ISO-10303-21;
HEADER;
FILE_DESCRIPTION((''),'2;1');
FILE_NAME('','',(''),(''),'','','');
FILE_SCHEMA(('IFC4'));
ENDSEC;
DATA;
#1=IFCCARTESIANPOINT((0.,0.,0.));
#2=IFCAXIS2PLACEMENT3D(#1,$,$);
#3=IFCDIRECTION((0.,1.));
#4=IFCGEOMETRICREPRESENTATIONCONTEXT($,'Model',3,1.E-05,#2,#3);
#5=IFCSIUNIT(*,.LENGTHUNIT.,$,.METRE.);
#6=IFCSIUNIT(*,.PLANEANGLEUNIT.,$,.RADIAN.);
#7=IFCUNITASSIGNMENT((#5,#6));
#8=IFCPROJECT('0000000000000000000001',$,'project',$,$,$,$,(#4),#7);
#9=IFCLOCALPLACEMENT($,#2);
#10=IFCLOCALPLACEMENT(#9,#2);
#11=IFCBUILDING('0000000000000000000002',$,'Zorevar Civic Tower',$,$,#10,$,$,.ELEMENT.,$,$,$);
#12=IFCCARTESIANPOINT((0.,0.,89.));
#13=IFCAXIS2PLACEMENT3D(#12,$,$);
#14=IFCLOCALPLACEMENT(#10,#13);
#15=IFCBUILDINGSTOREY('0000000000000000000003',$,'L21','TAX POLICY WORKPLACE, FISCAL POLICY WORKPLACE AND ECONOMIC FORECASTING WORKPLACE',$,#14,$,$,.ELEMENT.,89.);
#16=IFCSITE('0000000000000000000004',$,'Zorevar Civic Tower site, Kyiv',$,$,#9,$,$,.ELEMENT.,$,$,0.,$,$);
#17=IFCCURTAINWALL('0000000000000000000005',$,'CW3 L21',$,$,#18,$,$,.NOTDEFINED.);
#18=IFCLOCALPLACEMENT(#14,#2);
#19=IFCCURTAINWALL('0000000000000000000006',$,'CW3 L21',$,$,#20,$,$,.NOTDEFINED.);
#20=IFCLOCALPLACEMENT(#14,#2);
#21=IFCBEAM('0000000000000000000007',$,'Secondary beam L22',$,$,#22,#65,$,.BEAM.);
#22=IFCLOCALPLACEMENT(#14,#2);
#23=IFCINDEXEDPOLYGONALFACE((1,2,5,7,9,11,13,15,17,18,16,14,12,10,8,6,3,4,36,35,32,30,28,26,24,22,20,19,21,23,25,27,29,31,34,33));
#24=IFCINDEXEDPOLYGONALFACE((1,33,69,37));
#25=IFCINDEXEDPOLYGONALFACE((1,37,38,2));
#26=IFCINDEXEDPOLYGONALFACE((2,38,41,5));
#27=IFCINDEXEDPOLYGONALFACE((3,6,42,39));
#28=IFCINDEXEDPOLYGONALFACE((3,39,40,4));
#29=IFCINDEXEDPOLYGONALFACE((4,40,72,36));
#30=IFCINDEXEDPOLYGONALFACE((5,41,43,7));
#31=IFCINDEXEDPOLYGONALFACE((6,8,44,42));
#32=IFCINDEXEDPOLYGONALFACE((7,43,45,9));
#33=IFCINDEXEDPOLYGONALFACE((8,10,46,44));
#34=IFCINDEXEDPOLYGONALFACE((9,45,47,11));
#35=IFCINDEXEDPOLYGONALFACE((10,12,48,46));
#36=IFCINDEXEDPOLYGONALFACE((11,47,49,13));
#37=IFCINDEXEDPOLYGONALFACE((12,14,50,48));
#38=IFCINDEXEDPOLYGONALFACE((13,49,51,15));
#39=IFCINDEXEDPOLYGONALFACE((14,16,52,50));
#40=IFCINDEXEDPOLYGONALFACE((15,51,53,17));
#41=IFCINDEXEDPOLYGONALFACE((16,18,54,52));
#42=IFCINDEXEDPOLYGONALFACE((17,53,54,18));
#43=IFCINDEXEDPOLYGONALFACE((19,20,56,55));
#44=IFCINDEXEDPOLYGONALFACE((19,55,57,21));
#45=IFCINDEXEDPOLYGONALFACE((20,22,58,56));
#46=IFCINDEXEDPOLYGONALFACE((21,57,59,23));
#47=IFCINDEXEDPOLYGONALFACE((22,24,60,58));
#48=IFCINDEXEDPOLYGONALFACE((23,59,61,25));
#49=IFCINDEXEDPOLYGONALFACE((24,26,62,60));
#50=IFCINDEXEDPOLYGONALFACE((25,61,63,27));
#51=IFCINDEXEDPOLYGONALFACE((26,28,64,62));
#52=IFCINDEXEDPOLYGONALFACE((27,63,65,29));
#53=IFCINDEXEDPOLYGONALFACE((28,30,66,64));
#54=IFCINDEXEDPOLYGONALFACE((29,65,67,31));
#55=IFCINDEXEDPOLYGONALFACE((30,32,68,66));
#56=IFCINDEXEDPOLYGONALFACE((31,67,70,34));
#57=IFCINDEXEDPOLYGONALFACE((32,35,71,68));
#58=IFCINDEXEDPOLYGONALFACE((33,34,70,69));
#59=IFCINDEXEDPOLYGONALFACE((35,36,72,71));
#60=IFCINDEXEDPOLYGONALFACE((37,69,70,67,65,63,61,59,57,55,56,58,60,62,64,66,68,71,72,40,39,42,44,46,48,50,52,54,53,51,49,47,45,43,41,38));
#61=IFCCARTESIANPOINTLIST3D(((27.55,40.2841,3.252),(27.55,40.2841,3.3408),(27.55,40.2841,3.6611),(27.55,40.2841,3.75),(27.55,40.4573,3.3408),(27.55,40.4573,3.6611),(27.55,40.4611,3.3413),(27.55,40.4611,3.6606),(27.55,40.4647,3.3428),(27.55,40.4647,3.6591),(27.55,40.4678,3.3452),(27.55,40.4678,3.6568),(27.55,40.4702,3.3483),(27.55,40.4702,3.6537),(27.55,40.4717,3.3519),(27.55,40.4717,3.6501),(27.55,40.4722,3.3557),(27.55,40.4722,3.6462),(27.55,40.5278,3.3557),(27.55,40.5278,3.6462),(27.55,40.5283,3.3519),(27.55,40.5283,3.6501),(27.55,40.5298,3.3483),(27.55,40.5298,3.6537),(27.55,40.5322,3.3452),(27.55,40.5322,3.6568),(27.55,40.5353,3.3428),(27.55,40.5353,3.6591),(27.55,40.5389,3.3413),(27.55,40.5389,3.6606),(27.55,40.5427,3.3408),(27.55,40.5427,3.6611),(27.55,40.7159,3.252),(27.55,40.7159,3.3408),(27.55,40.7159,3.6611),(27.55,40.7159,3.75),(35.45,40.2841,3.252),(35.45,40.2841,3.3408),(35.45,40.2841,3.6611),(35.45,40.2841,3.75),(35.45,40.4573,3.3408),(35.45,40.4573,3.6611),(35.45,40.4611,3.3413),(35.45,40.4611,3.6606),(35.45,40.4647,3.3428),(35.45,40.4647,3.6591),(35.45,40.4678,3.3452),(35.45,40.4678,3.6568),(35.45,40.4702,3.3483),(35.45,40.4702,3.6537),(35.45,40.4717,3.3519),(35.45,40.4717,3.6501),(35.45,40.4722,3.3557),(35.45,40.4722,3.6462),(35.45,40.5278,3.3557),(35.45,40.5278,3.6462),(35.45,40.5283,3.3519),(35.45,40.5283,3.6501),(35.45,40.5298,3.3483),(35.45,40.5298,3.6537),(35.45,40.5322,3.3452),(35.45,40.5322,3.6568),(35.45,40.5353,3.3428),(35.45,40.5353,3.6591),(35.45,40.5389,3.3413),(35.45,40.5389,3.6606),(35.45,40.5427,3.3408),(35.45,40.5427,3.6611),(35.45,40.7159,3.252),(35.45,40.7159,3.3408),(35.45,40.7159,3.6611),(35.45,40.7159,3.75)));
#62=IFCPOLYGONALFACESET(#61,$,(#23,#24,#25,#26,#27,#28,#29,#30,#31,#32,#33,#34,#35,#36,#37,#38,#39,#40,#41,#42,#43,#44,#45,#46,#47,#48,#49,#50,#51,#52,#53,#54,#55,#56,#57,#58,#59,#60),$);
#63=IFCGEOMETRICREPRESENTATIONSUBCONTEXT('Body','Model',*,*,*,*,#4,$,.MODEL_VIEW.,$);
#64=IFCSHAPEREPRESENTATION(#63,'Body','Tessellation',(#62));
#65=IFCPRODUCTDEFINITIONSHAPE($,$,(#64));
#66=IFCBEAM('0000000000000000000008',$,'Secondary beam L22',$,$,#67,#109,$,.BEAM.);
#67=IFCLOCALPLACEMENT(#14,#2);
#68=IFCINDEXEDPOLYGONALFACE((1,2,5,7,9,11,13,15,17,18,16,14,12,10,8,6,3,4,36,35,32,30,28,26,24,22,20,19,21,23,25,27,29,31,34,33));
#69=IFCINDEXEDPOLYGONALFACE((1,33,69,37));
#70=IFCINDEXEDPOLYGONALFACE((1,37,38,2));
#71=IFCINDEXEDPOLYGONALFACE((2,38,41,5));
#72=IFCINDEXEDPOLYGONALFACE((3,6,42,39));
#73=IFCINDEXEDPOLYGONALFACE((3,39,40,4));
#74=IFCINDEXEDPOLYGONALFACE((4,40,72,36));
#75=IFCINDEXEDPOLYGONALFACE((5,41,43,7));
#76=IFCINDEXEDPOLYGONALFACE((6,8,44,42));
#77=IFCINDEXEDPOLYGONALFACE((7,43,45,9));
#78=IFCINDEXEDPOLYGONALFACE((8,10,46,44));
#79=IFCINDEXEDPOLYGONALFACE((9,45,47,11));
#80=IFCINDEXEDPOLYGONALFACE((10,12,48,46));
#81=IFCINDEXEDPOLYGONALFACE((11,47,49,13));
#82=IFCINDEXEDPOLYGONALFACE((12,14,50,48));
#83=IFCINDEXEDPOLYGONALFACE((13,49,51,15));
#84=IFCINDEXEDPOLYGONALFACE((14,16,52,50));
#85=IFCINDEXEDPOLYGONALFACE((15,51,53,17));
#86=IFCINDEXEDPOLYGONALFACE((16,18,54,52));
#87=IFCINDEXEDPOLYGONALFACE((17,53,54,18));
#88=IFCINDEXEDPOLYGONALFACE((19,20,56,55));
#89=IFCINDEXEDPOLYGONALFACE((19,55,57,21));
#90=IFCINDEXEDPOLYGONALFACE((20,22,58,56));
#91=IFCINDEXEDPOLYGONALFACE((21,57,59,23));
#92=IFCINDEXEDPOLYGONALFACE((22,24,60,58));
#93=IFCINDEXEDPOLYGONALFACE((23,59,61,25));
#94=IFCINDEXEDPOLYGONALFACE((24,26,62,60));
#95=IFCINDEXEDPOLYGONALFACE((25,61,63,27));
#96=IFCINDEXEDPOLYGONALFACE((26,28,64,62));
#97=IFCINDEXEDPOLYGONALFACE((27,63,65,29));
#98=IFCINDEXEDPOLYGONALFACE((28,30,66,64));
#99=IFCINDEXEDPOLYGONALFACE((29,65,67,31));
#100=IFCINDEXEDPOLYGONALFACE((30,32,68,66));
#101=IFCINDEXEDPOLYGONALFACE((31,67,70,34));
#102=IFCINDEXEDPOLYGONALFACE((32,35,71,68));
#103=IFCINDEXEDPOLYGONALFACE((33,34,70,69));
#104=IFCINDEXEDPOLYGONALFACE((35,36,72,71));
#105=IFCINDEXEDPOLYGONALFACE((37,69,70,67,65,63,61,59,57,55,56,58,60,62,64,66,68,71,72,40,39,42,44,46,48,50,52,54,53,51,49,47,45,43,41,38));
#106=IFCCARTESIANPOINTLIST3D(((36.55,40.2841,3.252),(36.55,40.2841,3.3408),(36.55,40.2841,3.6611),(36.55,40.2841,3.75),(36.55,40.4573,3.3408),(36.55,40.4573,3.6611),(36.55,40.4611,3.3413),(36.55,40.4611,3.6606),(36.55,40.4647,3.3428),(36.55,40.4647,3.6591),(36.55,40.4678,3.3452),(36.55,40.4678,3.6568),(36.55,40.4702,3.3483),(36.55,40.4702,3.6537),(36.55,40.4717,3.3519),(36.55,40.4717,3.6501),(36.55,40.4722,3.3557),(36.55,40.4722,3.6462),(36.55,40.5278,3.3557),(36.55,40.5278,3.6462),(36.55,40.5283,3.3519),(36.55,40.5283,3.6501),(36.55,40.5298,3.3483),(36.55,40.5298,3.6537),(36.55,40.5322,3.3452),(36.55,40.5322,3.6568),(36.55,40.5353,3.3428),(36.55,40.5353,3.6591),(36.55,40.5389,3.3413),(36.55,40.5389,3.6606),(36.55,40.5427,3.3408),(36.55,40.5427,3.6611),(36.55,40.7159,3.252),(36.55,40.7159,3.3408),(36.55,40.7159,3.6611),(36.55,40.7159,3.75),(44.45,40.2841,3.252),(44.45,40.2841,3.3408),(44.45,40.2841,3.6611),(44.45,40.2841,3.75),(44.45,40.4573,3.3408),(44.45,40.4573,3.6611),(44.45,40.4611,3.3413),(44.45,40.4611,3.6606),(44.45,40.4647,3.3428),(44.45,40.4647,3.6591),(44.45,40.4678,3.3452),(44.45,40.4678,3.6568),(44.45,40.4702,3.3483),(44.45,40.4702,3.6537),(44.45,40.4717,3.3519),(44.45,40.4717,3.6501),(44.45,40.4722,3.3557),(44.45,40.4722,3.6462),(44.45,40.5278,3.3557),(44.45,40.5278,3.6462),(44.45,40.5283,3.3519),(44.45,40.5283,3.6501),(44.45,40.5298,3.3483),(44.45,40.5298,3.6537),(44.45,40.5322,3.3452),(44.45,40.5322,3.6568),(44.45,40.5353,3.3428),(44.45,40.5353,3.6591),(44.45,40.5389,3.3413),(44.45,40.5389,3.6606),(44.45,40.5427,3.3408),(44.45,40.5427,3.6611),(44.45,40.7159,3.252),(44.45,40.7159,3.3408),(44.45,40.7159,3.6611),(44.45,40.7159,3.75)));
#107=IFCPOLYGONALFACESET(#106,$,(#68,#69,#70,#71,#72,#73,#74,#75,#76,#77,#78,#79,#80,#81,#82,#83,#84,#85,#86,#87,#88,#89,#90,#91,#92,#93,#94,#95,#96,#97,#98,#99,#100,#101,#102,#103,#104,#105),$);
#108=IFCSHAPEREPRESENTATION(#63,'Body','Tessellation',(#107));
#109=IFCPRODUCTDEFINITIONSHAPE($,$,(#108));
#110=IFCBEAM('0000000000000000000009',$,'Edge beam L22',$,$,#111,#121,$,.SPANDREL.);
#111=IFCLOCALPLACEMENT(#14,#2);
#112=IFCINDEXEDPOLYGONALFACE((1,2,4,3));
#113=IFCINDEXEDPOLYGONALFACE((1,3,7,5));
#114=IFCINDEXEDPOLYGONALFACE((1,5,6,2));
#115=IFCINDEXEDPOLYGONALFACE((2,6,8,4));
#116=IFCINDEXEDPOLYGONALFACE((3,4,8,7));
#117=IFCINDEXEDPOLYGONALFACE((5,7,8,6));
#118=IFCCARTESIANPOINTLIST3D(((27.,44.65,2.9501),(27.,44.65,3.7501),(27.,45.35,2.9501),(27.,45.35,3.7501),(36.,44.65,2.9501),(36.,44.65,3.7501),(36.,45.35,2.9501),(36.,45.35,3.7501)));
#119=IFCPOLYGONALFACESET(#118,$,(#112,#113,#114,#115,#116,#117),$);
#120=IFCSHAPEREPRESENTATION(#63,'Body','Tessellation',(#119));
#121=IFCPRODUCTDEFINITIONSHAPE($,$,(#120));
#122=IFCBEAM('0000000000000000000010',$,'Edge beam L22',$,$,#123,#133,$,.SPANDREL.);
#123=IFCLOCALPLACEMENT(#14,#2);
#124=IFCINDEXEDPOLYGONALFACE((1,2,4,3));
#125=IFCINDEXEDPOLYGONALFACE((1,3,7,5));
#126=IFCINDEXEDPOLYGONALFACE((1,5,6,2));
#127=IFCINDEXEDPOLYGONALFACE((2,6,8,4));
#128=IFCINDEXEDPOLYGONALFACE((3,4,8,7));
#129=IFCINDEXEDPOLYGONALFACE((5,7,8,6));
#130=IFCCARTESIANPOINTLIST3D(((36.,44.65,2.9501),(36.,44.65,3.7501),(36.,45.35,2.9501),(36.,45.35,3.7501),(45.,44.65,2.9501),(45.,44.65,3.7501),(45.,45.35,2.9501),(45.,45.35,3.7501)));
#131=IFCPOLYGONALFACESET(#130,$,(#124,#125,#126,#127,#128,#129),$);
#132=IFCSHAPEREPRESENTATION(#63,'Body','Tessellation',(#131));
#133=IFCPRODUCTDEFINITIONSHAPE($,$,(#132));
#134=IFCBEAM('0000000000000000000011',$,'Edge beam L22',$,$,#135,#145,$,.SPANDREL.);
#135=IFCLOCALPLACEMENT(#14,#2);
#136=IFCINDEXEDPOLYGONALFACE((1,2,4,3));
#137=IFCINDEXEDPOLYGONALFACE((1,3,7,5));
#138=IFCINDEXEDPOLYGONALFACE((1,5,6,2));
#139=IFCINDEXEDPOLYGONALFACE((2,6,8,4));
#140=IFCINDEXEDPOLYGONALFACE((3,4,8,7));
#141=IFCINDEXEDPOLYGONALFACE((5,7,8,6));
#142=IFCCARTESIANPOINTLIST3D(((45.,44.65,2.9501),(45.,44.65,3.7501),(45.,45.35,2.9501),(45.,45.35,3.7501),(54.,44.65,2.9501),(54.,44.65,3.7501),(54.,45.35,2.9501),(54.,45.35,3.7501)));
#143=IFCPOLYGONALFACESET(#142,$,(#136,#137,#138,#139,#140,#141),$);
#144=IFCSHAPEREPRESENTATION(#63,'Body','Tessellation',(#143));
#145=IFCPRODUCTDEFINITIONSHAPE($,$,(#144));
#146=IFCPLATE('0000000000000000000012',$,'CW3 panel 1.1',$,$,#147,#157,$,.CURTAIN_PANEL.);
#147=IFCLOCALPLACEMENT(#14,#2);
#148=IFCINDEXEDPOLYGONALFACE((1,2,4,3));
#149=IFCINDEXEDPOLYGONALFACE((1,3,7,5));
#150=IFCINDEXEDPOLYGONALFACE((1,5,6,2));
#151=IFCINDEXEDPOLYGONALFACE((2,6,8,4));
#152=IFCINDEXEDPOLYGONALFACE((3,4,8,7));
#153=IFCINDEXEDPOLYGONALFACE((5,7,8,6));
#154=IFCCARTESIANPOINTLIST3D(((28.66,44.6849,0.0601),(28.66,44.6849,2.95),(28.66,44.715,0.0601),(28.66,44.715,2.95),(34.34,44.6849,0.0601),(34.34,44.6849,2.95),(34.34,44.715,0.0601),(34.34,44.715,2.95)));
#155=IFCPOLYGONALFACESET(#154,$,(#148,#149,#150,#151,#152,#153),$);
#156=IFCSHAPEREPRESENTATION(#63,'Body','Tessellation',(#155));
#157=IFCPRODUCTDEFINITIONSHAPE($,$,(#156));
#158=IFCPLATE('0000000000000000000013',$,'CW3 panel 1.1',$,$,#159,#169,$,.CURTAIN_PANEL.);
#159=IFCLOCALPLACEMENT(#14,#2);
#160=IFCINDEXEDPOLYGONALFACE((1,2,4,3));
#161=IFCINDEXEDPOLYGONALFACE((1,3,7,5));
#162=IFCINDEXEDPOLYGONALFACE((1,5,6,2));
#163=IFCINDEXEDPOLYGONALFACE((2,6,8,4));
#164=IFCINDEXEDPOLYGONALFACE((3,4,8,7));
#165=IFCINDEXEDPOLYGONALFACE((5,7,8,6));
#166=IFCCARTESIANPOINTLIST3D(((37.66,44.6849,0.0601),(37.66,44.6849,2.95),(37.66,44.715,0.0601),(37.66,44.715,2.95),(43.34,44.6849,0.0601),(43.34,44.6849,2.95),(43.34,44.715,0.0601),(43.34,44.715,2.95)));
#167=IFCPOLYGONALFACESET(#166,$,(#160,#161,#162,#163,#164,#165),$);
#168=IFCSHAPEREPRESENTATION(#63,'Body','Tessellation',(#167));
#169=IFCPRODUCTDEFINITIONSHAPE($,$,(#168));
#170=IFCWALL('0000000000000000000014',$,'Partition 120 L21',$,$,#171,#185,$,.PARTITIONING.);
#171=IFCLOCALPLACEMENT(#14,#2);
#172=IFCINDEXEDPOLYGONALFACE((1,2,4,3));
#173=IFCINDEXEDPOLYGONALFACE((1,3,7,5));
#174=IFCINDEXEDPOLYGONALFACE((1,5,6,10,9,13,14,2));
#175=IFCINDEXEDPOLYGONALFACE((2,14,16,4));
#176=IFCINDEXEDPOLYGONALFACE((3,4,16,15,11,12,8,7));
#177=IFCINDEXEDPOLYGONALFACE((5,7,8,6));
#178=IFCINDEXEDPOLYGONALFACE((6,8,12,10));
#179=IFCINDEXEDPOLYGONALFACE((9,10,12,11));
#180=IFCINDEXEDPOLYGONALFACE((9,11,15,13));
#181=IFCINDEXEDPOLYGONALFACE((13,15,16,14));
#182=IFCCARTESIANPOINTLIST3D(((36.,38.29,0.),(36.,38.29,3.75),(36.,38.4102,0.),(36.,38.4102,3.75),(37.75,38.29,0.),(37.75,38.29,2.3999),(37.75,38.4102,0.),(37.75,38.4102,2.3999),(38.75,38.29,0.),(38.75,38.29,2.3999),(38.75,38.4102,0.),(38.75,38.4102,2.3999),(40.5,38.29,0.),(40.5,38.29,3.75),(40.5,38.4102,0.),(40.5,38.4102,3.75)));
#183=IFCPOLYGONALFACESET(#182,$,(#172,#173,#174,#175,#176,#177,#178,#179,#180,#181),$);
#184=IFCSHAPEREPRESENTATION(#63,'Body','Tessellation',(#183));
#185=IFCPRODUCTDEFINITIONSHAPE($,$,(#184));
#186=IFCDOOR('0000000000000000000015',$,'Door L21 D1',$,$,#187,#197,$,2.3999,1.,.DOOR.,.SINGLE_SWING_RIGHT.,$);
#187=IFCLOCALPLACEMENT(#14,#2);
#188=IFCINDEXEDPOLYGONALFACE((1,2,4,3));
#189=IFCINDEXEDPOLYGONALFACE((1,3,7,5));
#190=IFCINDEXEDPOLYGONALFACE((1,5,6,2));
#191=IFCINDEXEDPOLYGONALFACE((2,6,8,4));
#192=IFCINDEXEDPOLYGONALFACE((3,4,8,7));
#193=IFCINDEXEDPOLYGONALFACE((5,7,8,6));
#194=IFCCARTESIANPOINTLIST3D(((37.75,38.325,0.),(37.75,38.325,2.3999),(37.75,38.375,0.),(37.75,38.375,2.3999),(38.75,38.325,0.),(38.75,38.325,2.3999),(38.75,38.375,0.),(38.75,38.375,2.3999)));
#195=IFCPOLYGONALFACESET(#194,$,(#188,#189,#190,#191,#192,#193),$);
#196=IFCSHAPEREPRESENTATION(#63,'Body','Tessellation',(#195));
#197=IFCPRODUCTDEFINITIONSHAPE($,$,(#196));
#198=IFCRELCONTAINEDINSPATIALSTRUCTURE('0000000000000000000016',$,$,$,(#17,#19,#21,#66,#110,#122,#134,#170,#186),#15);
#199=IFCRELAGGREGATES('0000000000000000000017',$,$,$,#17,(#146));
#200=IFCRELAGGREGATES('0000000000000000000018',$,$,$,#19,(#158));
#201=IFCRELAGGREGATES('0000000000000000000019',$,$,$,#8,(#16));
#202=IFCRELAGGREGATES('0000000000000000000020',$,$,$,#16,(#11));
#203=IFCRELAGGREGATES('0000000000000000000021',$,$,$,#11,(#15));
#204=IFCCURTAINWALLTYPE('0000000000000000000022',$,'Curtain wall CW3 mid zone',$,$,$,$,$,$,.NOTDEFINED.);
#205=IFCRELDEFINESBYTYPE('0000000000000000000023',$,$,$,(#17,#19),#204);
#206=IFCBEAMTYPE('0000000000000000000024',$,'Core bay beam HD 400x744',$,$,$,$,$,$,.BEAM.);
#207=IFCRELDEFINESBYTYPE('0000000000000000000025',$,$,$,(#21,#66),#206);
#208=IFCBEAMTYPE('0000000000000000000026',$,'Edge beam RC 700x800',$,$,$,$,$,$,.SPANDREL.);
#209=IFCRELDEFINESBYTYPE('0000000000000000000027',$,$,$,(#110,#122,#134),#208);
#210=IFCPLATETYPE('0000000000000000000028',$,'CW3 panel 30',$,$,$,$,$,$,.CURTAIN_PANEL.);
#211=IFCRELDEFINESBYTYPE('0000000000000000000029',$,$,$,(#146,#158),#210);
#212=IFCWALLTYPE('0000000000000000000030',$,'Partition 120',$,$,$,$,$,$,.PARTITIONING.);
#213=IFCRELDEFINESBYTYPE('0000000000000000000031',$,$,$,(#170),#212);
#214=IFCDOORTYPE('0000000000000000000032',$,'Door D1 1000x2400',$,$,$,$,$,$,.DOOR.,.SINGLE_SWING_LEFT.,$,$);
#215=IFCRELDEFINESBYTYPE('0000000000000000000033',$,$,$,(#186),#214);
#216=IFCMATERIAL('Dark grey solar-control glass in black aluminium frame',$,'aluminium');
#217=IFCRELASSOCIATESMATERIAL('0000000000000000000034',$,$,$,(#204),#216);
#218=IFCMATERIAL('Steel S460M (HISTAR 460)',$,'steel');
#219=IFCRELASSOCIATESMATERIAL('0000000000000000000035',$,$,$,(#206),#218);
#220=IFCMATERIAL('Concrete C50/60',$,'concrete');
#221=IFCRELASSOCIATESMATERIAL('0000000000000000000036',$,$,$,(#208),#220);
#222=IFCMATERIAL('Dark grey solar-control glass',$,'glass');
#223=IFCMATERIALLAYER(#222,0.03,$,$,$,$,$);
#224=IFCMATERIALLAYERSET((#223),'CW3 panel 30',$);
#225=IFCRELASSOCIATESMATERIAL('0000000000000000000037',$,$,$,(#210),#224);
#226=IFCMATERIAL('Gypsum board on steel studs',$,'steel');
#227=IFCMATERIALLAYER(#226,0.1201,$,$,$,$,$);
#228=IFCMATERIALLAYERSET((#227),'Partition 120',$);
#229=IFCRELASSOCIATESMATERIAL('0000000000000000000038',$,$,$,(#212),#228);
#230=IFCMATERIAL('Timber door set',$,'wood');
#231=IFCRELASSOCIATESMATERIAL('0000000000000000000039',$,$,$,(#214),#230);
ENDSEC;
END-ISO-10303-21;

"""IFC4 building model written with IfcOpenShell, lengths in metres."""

from ifc_helpers import new_model, si_unit, direction, frame, frame_2d, origin, origin_2d, place, context, subcontext, project, spatial, rectangle, i_section, extrude, material, layer, layer_set, material_profile, profile_set, type_object, element, fill, aggregate, save


model = new_model("IFC4")

# Units and contexts
model_context = context("Model", 3, precision=1e-05, world=origin(), true_north=direction((0.0, 1.0)))
body_context = subcontext(model_context, "Body", "Model", "MODEL_VIEW")
ifc_project = project(units=[si_unit("LENGTHUNIT", "METRE"), si_unit("PLANEANGLEUNIT", "RADIAN")], contexts=[model_context])

# Site, building, storey
site_placement = place(None, origin())
site = spatial("IfcSite", under=ifc_project, at=site_placement, Name="Zorevar Civic Tower site, Kyiv", CompositionType="ELEMENT", RefElevation=0.0)
building_placement = place(site_placement, origin())
building = spatial("IfcBuilding", under=site, at=building_placement, Name="Zorevar Civic Tower", CompositionType="ELEMENT")
storey_placement = place(building_placement, frame((0.0, 0.0, 89.0)))
storey = spatial("IfcBuildingStorey", under=building, at=storey_placement, Name="L21", Description="TAX POLICY WORKPLACE, FISCAL POLICY WORKPLACE AND ECONOMIC FORECASTING WORKPLACE", CompositionType="ELEMENT", Elevation=89.0)

# Curtain walls
ifc_material_1 = material(Name="Dark grey solar-control glass in black aluminium frame", Category="aluminium")
curtain_wall_type = type_object("IfcCurtainWallType", Name="Curtain wall CW3 mid zone", PredefinedType="NOTDEFINED", material=ifc_material_1)
curtain_wall_1_placement = place(storey_placement, origin())
curtain_wall_1 = element("IfcCurtainWall", 1, at=curtain_wall_1_placement, inside=storey, type_object=curtain_wall_type, Name="CW3 L21", PredefinedType="NOTDEFINED")
curtain_wall_2_placement = place(storey_placement, origin())
curtain_wall_2 = element("IfcCurtainWall", 2, at=curtain_wall_2_placement, inside=storey, type_object=curtain_wall_type, Name="CW3 L21", PredefinedType="NOTDEFINED")

# Beams
ifc_material_2 = material(Name="Steel S460M (HISTAR 460)", Category="steel")
ifc_material_profile_1 = material_profile(ifc_material_2, i_section(OverallWidth=0.4319, OverallDepth=0.498, WebThickness=0.0557, FlangeThickness=0.0889, FilletRadius=0.0149, at=origin_2d()), Name="HD 400x744")
ifc_profile_set_1 = profile_set([ifc_material_profile_1], Name="Steel S460M (HISTAR 460)")
beam_type_1 = type_object("IfcBeamType", Name="Core bay beam HD 400x744", PredefinedType="BEAM", material=ifc_profile_set_1)
for number, where, z_axis, x_axis, name in (
    (3, (27.55, 40.5, 3.501), (1.0, 0.0, 0.0), (0.0, 1.0, 0.0), "Secondary beam L22"),
    (4, (36.55, 40.5, 3.501), (1.0, 0.0, 0.0), (0.0, 1.0, 0.0), "Secondary beam L22"),
):
    element("IfcBeam", number, at=place(storey_placement, frame(where, z_axis=z_axis, x_axis=x_axis)), inside=storey, type_object=beam_type_1, Name=name, PredefinedType="BEAM", context=body_context, shape_type="SweptSolid", body=[
        extrude(i_section(OverallWidth=0.4319, OverallDepth=0.498, WebThickness=0.0557, FlangeThickness=0.0889, FilletRadius=0.0149, at=origin_2d()), origin(), (0.0, 0.0, 1.0), 7.8999),
    ])
ifc_material_3 = material(Name="Concrete C50/60", Category="concrete")
ifc_material_profile_2 = material_profile(ifc_material_3, rectangle(XDim=0.7, YDim=0.8, at=origin_2d()), Name="RC 700x800")
ifc_profile_set_2 = profile_set([ifc_material_profile_2], Name="Concrete C50/60")
beam_type_2 = type_object("IfcBeamType", Name="Edge beam RC 700x800", PredefinedType="SPANDREL", material=ifc_profile_set_2)
for number, where, z_axis, x_axis, name in (
    (5, (27.0, 45.0, 3.3501), (1.0, 0.0, 0.0), (0.0, 1.0, 0.0), "Edge beam L22"),
    (6, (36.0, 45.0, 3.3501), (1.0, 0.0, 0.0), (0.0, 1.0, 0.0), "Edge beam L22"),
    (7, (45.0, 45.0, 3.3501), (1.0, 0.0, 0.0), (0.0, 1.0, 0.0), "Edge beam L22"),
):
    element("IfcBeam", number, at=place(storey_placement, frame(where, z_axis=z_axis, x_axis=x_axis)), inside=storey, type_object=beam_type_2, Name=name, PredefinedType="SPANDREL", context=body_context, shape_type="SweptSolid", body=[
        extrude(rectangle(XDim=0.7, YDim=0.8, at=origin_2d()), origin(), (0.0, 0.0, 1.0), 9.0),
    ])

# Plates
ifc_material_4 = material(Name="Dark grey solar-control glass", Category="glass")
ifc_layer_1 = layer(ifc_material_4, 0.03)
ifc_layer_set_1 = layer_set([ifc_layer_1], Name="CW3 panel 30")
plate_type = type_object("IfcPlateType", Name="CW3 panel 30", PredefinedType="CURTAIN_PANEL", material=ifc_layer_set_1)
plate_1_placement = place(storey_placement, frame((31.5, 44.7, 0.0601), z_axis=(0.0, 0.0, 1.0), x_axis=(1.0, 0.0, 0.0)))
plate_1 = element("IfcPlate", 8, at=plate_1_placement, type_object=plate_type, Name="CW3 panel 1.1", PredefinedType="CURTAIN_PANEL", context=body_context, shape_type="SweptSolid", body=[
    extrude(rectangle(XDim=5.6799, YDim=0.03, at=origin_2d()), origin(), (0.0, 0.0, 1.0), 2.8899),
])
aggregate(curtain_wall_1, [plate_1])
plate_2_placement = place(storey_placement, frame((40.5, 44.7, 0.0601), z_axis=(0.0, 0.0, 1.0), x_axis=(1.0, 0.0, 0.0)))
plate_2 = element("IfcPlate", 9, at=plate_2_placement, type_object=plate_type, Name="CW3 panel 1.1", PredefinedType="CURTAIN_PANEL", context=body_context, shape_type="SweptSolid", body=[
    extrude(rectangle(XDim=5.6799, YDim=0.03, at=origin_2d()), origin(), (0.0, 0.0, 1.0), 2.8899),
])
aggregate(curtain_wall_2, [plate_2])

# Wall, opening, door
ifc_material_5 = material(Name="Gypsum board on steel studs", Category="steel")
ifc_layer_2 = layer(ifc_material_5, 0.1201)
ifc_layer_set_2 = layer_set([ifc_layer_2], Name="Partition 120")
wall_type = type_object("IfcWallType", Name="Partition 120", PredefinedType="PARTITIONING", material=ifc_layer_set_2)
wall_1_placement = place(storey_placement, frame((36.0, 38.3501, 0.0), z_axis=(0.0, 0.0, 1.0), x_axis=(1.0, 0.0, 0.0)))
wall_1 = element("IfcWall", 10, at=wall_1_placement, inside=storey, type_object=wall_type, Name="Partition 120 L21", PredefinedType="PARTITIONING", context=body_context, shape_type="SweptSolid", body=[
    extrude(rectangle(XDim=4.5, YDim=0.1201, at=frame_2d((2.25, 0.0))), origin(), (0.0, 0.0, 1.0), 3.75),
])
opening_1_placement = place(wall_1_placement, frame((1.75, 0.0, 0.0)))
opening_1 = element("IfcOpeningElement", 11, at=opening_1_placement, cuts=wall_1, PredefinedType="OPENING", context=body_context, shape_type="SweptSolid", body=[
    extrude(rectangle(XDim=1.0, YDim=2.3999, at=frame_2d((0.5, 1.2))), frame((0.0, 0.0701, 0.0), z_axis=(0.0, -1.0, 0.0), x_axis=(1.0, 0.0, 0.0)), (0.0, 0.0, 1.0), 0.1401),
])
ifc_material_6 = material(Name="Timber door set", Category="wood")
door_type = type_object("IfcDoorType", Name="Door D1 1000x2400", OperationType="SINGLE_SWING_LEFT", PredefinedType="DOOR", material=ifc_material_6)
door_1_placement = place(opening_1_placement, origin())
door_1 = element("IfcDoor", 12, at=door_1_placement, inside=storey, type_object=door_type, Name="Door L21 D1", OperationType="SINGLE_SWING_RIGHT", OverallHeight=2.3999, OverallWidth=1.0, PredefinedType="DOOR", context=body_context, shape_type="SweptSolid", body=[
    extrude(rectangle(XDim=1.0, YDim=2.3999, at=frame_2d((0.5, 1.2))), frame((0.0, 0.0249, 0.0), z_axis=(0.0, -1.0, 0.0), x_axis=(1.0, 0.0, 0.0)), (0.0, 0.0, 1.0), 0.05),
])
fill(opening_1, door_1)

save(model, "model.ifc")
